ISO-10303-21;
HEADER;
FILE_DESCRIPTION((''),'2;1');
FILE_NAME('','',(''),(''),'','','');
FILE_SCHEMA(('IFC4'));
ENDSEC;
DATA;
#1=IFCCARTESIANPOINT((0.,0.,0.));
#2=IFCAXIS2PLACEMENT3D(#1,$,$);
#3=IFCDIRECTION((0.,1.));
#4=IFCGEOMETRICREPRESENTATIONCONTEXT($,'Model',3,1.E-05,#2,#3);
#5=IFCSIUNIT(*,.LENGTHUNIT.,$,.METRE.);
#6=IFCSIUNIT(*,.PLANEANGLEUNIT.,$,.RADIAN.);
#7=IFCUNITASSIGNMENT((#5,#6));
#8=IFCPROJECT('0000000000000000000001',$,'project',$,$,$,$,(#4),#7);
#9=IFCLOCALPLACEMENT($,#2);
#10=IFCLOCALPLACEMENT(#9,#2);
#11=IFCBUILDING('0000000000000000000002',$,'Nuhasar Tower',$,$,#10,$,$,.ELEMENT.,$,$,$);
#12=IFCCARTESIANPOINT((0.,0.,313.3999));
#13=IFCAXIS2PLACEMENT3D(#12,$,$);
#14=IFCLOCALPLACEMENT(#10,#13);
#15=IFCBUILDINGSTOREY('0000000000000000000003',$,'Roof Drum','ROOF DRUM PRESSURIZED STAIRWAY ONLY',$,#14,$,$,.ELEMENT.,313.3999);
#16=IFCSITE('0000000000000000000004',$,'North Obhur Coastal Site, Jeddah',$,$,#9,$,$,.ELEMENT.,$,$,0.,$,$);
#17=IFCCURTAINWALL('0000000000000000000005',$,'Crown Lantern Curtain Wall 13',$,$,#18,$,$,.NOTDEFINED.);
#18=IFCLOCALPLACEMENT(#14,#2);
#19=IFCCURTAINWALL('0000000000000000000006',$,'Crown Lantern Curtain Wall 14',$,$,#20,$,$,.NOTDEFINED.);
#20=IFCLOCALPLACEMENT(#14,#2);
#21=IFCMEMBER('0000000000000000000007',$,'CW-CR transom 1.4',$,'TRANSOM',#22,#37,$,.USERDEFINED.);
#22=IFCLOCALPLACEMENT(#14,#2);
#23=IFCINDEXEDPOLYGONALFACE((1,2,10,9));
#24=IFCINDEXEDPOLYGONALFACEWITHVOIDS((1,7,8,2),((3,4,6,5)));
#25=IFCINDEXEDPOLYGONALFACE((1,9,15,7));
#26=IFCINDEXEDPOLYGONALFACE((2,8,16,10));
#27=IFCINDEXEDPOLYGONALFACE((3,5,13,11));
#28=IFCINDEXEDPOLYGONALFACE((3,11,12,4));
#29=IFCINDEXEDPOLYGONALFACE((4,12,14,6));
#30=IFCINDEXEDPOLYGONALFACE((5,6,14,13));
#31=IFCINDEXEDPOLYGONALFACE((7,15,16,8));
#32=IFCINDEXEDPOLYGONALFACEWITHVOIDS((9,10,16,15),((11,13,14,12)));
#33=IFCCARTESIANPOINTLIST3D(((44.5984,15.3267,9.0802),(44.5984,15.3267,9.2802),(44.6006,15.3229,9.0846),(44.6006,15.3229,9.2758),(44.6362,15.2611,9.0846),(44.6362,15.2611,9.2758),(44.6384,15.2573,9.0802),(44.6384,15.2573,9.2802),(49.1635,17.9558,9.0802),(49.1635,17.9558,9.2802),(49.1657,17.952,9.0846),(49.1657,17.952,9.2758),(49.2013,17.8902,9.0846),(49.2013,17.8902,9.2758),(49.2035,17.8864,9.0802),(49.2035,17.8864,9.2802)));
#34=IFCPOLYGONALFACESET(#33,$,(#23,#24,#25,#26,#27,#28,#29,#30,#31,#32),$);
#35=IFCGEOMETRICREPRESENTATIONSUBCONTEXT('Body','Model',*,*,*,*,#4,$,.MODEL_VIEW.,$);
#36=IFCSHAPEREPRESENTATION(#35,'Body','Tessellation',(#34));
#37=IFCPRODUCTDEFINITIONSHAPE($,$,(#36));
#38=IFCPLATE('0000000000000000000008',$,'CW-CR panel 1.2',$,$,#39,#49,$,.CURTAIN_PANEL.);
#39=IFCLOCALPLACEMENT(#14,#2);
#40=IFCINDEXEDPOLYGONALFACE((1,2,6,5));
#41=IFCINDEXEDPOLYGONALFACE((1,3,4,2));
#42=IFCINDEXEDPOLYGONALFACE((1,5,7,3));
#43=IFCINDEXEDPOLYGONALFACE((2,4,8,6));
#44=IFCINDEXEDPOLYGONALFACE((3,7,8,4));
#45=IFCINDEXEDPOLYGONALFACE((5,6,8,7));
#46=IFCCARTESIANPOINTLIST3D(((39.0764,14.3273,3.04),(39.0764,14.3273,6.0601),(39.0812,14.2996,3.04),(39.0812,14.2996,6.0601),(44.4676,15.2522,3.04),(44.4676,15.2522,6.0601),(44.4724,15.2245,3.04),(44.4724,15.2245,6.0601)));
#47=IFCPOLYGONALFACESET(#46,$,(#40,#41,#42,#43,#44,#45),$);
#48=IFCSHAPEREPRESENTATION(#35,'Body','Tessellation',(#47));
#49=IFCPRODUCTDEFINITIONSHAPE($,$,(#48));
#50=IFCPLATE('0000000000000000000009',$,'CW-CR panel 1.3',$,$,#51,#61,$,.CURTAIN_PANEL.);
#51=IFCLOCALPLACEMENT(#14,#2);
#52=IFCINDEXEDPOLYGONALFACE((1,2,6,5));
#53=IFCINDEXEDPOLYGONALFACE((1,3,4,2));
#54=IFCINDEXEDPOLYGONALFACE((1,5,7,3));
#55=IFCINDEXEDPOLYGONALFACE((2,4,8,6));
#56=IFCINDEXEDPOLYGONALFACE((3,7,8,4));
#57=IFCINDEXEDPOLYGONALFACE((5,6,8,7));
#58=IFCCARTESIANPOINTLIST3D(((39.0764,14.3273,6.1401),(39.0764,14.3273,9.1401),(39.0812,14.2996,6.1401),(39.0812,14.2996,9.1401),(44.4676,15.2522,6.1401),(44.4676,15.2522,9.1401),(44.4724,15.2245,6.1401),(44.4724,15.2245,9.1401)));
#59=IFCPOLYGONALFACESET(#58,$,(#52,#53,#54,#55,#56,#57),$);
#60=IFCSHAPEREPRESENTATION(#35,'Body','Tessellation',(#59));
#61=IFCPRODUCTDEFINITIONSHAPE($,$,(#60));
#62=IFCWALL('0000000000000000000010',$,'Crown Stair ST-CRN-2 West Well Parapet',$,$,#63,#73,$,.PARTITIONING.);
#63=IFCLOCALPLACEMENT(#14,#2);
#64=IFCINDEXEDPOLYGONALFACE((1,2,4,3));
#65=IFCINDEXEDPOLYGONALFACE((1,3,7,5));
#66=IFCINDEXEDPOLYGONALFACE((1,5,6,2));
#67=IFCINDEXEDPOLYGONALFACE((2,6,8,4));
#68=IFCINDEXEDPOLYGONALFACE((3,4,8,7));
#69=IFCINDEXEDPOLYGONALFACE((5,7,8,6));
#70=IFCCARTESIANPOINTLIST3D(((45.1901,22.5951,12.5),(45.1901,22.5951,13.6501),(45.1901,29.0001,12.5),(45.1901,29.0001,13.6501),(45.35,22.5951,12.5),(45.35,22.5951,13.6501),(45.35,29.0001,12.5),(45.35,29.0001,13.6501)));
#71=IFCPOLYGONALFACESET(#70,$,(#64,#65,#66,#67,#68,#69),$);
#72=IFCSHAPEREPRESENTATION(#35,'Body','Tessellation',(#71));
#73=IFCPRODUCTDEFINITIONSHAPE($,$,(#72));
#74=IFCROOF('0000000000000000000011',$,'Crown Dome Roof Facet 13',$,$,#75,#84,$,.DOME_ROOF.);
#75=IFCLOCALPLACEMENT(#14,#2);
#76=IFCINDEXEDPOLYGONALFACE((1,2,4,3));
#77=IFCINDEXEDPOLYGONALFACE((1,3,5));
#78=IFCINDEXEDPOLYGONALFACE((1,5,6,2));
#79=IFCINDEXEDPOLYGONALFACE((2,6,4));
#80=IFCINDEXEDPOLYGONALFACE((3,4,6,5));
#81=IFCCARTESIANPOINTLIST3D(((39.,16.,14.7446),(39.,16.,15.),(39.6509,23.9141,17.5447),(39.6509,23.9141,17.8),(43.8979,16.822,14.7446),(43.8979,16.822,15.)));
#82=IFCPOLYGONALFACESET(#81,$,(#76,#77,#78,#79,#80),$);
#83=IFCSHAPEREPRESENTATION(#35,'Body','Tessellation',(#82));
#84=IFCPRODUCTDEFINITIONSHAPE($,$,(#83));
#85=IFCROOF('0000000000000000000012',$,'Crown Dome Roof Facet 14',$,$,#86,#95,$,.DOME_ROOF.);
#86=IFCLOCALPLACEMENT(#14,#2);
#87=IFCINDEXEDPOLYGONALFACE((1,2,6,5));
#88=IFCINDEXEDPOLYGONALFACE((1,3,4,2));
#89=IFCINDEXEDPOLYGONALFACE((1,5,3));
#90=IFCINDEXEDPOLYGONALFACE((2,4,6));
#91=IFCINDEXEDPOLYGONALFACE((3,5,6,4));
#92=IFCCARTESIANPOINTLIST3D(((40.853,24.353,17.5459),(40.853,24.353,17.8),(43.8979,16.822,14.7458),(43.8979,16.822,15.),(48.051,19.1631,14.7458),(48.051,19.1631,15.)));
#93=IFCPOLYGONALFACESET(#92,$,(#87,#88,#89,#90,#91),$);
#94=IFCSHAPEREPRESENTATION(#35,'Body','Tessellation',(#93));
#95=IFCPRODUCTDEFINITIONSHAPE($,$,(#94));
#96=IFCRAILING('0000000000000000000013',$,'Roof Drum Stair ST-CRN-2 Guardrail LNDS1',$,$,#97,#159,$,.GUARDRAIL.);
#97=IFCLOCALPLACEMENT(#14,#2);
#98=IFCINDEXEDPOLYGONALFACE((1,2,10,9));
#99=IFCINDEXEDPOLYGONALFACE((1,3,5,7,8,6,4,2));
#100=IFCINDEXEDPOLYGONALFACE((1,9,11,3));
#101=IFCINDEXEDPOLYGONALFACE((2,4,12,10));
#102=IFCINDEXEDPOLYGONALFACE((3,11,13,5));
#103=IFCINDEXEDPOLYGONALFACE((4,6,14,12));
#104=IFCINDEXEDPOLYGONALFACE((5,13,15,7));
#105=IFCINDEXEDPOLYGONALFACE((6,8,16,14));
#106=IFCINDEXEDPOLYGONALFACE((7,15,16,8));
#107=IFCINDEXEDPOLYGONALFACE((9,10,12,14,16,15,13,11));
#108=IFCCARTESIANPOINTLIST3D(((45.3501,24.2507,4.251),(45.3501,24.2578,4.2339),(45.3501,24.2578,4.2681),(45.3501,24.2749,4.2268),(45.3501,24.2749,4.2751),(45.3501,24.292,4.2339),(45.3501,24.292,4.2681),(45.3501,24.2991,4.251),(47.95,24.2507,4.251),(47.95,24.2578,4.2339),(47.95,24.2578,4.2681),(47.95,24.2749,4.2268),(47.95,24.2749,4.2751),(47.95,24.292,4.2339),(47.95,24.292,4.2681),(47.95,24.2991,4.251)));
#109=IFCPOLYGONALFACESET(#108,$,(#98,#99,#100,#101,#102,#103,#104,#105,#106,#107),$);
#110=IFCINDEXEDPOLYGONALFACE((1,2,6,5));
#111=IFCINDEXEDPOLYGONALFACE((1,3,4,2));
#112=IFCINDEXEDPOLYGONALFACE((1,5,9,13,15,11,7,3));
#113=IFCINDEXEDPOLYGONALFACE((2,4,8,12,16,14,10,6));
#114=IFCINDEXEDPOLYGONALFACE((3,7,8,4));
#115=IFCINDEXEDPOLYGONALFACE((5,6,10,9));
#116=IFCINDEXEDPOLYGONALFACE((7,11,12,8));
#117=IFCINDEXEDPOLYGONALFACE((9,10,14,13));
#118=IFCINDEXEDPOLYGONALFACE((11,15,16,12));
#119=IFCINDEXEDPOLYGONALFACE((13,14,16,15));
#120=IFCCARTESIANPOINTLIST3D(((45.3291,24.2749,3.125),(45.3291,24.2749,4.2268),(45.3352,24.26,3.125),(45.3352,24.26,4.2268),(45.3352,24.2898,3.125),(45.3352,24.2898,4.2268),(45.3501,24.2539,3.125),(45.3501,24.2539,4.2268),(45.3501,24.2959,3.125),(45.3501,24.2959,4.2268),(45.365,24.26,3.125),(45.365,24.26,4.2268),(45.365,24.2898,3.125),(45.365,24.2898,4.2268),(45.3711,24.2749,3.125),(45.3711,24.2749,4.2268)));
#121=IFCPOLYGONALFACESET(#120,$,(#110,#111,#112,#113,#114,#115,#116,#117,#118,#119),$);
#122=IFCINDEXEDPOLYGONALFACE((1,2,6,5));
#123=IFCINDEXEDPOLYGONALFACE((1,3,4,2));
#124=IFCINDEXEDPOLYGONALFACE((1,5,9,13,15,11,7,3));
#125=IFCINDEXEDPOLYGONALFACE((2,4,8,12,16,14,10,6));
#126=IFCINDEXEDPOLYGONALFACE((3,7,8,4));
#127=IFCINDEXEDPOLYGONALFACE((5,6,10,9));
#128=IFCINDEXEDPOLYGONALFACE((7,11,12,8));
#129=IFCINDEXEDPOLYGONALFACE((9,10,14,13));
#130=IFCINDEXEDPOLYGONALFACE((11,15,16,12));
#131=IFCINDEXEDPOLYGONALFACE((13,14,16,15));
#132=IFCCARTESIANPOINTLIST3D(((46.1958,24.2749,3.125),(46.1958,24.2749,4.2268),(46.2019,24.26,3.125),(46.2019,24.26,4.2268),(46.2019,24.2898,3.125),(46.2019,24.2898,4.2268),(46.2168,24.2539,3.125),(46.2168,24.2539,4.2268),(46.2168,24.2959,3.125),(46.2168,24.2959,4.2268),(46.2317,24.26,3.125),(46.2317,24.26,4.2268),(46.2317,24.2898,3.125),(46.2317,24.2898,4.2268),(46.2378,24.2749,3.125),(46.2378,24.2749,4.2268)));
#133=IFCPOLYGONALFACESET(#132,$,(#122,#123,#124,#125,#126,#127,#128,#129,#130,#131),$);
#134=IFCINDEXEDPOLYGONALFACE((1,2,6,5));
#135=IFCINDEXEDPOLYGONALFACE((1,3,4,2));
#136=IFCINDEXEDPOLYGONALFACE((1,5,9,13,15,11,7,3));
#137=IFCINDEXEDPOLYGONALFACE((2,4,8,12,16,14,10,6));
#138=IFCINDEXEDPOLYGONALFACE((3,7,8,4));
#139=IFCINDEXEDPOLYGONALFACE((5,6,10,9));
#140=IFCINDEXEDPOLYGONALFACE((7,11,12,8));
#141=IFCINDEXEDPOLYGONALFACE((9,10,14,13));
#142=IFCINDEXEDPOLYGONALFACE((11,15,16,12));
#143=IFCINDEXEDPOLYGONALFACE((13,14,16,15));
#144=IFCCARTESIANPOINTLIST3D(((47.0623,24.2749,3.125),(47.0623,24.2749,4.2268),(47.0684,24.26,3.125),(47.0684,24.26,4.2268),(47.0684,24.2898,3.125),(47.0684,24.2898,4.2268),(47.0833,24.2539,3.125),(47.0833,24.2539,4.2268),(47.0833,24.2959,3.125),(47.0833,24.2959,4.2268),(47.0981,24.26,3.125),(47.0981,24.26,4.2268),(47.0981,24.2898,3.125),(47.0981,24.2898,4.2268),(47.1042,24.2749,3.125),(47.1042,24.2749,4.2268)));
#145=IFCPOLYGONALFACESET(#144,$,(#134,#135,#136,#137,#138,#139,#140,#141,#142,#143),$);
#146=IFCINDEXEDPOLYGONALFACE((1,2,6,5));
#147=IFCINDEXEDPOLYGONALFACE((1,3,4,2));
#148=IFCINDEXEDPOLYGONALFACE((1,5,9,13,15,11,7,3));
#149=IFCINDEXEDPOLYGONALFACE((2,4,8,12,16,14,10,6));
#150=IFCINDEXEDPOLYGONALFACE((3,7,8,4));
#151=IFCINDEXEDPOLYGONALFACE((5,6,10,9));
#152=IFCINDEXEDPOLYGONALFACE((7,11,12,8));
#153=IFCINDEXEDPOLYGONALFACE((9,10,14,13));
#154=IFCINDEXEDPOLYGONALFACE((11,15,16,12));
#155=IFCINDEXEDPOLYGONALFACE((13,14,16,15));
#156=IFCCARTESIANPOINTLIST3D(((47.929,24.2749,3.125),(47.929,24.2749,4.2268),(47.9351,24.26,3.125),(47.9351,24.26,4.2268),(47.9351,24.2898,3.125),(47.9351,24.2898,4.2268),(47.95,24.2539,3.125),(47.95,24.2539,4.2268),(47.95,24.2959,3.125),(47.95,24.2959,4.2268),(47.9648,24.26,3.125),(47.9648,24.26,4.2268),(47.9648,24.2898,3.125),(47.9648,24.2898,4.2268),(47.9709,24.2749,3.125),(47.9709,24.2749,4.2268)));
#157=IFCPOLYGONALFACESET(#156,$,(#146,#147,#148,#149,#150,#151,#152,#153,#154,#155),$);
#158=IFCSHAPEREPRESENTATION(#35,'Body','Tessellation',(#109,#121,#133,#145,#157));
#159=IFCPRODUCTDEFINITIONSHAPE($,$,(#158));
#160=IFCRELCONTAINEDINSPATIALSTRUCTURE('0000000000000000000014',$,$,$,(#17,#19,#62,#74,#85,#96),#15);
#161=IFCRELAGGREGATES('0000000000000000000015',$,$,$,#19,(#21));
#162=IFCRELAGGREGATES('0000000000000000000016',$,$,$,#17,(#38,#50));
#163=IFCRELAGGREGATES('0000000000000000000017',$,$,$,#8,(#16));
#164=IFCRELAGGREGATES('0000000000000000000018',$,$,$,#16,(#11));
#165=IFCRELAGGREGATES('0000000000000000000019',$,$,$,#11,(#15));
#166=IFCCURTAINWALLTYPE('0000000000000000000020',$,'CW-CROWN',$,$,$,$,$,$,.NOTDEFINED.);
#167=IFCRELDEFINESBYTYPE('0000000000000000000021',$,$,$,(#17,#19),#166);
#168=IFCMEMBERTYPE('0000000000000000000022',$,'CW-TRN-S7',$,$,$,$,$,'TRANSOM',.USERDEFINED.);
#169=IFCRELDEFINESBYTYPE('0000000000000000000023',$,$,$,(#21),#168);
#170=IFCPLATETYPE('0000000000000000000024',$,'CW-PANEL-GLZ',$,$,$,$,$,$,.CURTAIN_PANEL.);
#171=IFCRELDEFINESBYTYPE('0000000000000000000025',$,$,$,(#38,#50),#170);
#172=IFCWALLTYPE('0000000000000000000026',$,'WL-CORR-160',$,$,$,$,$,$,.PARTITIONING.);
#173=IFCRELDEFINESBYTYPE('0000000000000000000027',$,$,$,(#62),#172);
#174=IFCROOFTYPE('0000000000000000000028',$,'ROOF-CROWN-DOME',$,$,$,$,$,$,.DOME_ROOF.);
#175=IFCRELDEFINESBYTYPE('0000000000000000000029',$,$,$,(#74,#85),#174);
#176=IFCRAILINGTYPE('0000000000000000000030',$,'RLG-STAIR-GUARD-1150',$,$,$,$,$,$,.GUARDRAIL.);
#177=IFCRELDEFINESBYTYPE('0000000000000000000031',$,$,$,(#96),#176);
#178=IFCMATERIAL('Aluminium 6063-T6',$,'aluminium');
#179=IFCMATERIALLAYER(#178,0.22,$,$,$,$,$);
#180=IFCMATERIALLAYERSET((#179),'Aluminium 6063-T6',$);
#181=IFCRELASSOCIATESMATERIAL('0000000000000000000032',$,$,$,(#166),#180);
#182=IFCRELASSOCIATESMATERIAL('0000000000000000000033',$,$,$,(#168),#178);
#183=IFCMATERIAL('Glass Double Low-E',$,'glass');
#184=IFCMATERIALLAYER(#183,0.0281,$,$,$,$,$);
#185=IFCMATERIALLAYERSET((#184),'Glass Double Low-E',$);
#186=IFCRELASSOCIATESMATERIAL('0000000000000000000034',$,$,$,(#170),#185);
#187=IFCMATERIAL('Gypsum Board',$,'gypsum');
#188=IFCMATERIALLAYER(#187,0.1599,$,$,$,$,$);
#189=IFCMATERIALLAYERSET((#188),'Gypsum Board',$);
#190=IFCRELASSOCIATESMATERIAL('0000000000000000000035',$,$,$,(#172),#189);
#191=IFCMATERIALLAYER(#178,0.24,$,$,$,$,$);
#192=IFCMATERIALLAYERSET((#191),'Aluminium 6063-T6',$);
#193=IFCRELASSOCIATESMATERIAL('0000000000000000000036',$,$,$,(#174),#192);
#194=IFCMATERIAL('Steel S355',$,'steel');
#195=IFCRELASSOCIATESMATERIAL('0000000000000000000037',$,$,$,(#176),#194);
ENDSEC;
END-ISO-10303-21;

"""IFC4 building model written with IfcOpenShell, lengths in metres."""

from ifc_helpers import new_model, si_unit, direction, frame, frame_2d, origin, origin_2d, place, context, subcontext, project, spatial, polyline, rectangle, hollow_rectangle, outline, extrude, material, layer, layer_set, material_profile, profile_set, type_object, element, aggregate, save


model = new_model("IFC4")

# Units and contexts
model_context = context("Model", 3, precision=1e-05, world=origin(), true_north=direction((0.0, 1.0)))
body_context = subcontext(model_context, "Body", "Model", "MODEL_VIEW")
ifc_project = project(units=[si_unit("LENGTHUNIT", "METRE"), si_unit("PLANEANGLEUNIT", "RADIAN")], contexts=[model_context])

# Site, building, storey
site_placement = place(None, origin())
site = spatial("IfcSite", under=ifc_project, at=site_placement, Name="North Obhur Coastal Site, Jeddah", CompositionType="ELEMENT", RefElevation=0.0)
building_placement = place(site_placement, origin())
building = spatial("IfcBuilding", under=site, at=building_placement, Name="Nuhasar Tower", CompositionType="ELEMENT")
storey_placement = place(building_placement, frame((0.0, 0.0, 313.3999)))
storey = spatial("IfcBuildingStorey", under=building, at=storey_placement, Name="Roof Drum", Description="ROOF DRUM PRESSURIZED STAIRWAY ONLY", CompositionType="ELEMENT", Elevation=313.3999)

# Shared definitions
ifc_material_1 = material(Name="Steel S355", Category="steel")

# Curtain walls, member
ifc_material_2 = material(Name="Aluminium 6063-T6", Category="aluminium")
ifc_layer_1 = layer(ifc_material_2, 0.22)
ifc_layer_set_1 = layer_set([ifc_layer_1], Name="Aluminium 6063-T6")
curtain_wall_type = type_object("IfcCurtainWallType", Name="CW-CROWN", PredefinedType="NOTDEFINED", material=ifc_layer_set_1)
curtain_wall_1_placement = place(storey_placement, origin())
curtain_wall_1 = element("IfcCurtainWall", 1, at=curtain_wall_1_placement, inside=storey, type_object=curtain_wall_type, Name="Crown Lantern Curtain Wall 13", PredefinedType="NOTDEFINED")
ifc_material_profile_1 = material_profile(ifc_material_2, hollow_rectangle(XDim=0.0801, YDim=0.2, WallThickness=0.0044, at=origin_2d()), Name="CWT-7")
ifc_profile_set_1 = profile_set([ifc_material_profile_1], Name="Aluminium 6063-T6")
member_type_1 = type_object("IfcMemberType", Name="CW-TRN-S7", ElementType="TRANSOM", PredefinedType="USERDEFINED", material=ifc_profile_set_1)
curtain_wall_2_placement = place(storey_placement, origin())
curtain_wall_2 = element("IfcCurtainWall", 2, at=curtain_wall_2_placement, inside=storey, type_object=curtain_wall_type, Name="Crown Lantern Curtain Wall 14", PredefinedType="NOTDEFINED")
member_1_placement = place(storey_placement, frame((44.6184, 15.292, 9.1802), z_axis=(0.866564, 0.499066, 0.0), x_axis=(-0.499066, 0.866564, 0.0)))
member_1 = element("IfcMember", 3, at=member_1_placement, type_object=member_type_1, Name="CW-CR transom 1.4", ObjectType="TRANSOM", PredefinedType="USERDEFINED", context=body_context, shape_type="SweptSolid", body=[
    extrude(hollow_rectangle(XDim=0.0801, YDim=0.2, WallThickness=0.0044, at=origin_2d()), origin(), (0.0, 0.0, 1.0), 5.2681),
])
aggregate(curtain_wall_2, [member_1])

# Plates
ifc_material_3 = material(Name="Glass Double Low-E", Category="glass")
ifc_layer_2 = layer(ifc_material_3, 0.0281)
ifc_layer_set_2 = layer_set([ifc_layer_2], Name="Glass Double Low-E")
plate_type = type_object("IfcPlateType", Name="CW-PANEL-GLZ", PredefinedType="CURTAIN_PANEL", material=ifc_layer_set_2)
plate_1_placement = place(storey_placement, frame((41.7744, 14.7759, 3.04), z_axis=(0.0, 0.0, 1.0), x_axis=(0.9856, 0.169092, 0.0)))
plate_1 = element("IfcPlate", 4, at=plate_1_placement, type_object=plate_type, Name="CW-CR panel 1.2", PredefinedType="CURTAIN_PANEL", context=body_context, shape_type="SweptSolid", body=[
    extrude(rectangle(XDim=5.47, YDim=0.0281, at=origin_2d()), origin(), (0.0, 0.0, 1.0), 3.02),
])
plate_2_placement = place(storey_placement, frame((41.7744, 14.7759, 6.1401), z_axis=(0.0, 0.0, 1.0), x_axis=(0.9856, 0.169092, 0.0)))
plate_2 = element("IfcPlate", 5, at=plate_2_placement, type_object=plate_type, Name="CW-CR panel 1.3", PredefinedType="CURTAIN_PANEL", context=body_context, shape_type="SweptSolid", body=[
    extrude(rectangle(XDim=5.47, YDim=0.0281, at=origin_2d()), origin(), (0.0, 0.0, 1.0), 3.0),
])
aggregate(curtain_wall_1, [plate_1, plate_2])

# Wall
ifc_material_4 = material(Name="Gypsum Board", Category="gypsum")
ifc_layer_3 = layer(ifc_material_4, 0.1599)
ifc_layer_set_3 = layer_set([ifc_layer_3], Name="Gypsum Board")
wall_type = type_object("IfcWallType", Name="WL-CORR-160", PredefinedType="PARTITIONING", material=ifc_layer_set_3)
wall_placement = place(storey_placement, frame((45.27, 22.595, 12.5), z_axis=(0.0, 0.0, 1.0), x_axis=(0.0, 1.0, 0.0)))
element("IfcWall", 6, at=wall_placement, inside=storey, type_object=wall_type, Name="Crown Stair ST-CRN-2 West Well Parapet", PredefinedType="PARTITIONING", context=body_context, shape_type="SweptSolid", body=[
    extrude(rectangle(XDim=6.405, YDim=0.1599, at=frame_2d((3.2026, 0.0))), origin(), (0.0, 0.0, 1.0), 1.1501),
])

# Roofs
ifc_layer_4 = layer(ifc_material_2, 0.24)
ifc_layer_set_4 = layer_set([ifc_layer_4], Name="Aluminium 6063-T6")
roof_type = type_object("IfcRoofType", Name="ROOF-CROWN-DOME", PredefinedType="DOME_ROOF", material=ifc_layer_set_4)
roof_1_placement = place(storey_placement, frame((39.0, 16.0, 15.0), z_axis=(0.056583, -0.337144, 0.939751), x_axis=(0.986207, 0.165515, 0.0)))
element("IfcRoof", 7, at=roof_1_placement, inside=storey, type_object=roof_type, Name="Crown Dome Roof Facet 13", PredefinedType="DOME_ROOF", context=body_context, shape_type="SweptSolid", body=[
    extrude(outline(polyline([(0.0, 0.0), (4.9665, 0.0), (1.9518, 8.1907), (0.0, 0.0)])), origin(), (0.0, -0.341859, -0.939751), 0.2554),
])
roof_2_placement = place(storey_placement, frame((43.8979, 16.822, 15.0), z_axis=(0.161221, -0.286008, 0.944567), x_axis=(0.871131, 0.491051, 0.0)))
element("IfcRoof", 8, at=roof_2_placement, inside=storey, type_object=roof_type, Name="Crown Dome Roof Facet 14", PredefinedType="DOME_ROOF", context=body_context, shape_type="SweptSolid", body=[
    extrude(outline(polyline([(0.0, 0.0), (4.7675, 0.0), (1.0456, 8.5285), (0.0, 0.0)])), origin(), (0.0, -0.328318, -0.944567), 0.2542),
])

# Railing
railing_type = type_object("IfcRailingType", Name="RLG-STAIR-GUARD-1150", PredefinedType="GUARDRAIL", material=ifc_material_1)
for number, where, name in (
    (9, (45.3501, 24.2749, 3.125), "Roof Drum Stair ST-CRN-2 Guardrail LNDS1"),
):
    element("IfcRailing", number, at=place(storey_placement, frame(where)), inside=storey, type_object=railing_type, Name=name, PredefinedType="GUARDRAIL", context=body_context, shape_type="SweptSolid", body=[
        extrude(outline(polyline([(0.0242, 0.0), (0.0171, 0.0171), (0.0, 0.0242), (-0.0171, 0.0171), (-0.0242, 0.0), (-0.0171, -0.0171), (0.0, -0.0242), (0.0171, -0.0171), (0.0242, 0.0)])), frame((0.0, 0.0, 1.126), z_axis=(1.0, 0.0, 0.0), x_axis=(0.0, 1.0, 0.0)), (0.0, 0.0, 1.0), 2.5999),
        extrude(outline(polyline([(0.021, 0.0), (0.0149, 0.0149), (0.0, 0.021), (-0.0149, 0.0149), (-0.021, 0.0), (-0.0149, -0.0149), (0.0, -0.021), (0.0149, -0.0149), (0.021, 0.0)])), origin(), (0.0, 0.0, 1.0), 1.1018),
        extrude(outline(polyline([(0.021, 0.0), (0.0149, 0.0149), (0.0, 0.021), (-0.0149, 0.0149), (-0.021, 0.0), (-0.0149, -0.0149), (0.0, -0.021), (0.0149, -0.0149), (0.021, 0.0)])), frame((0.8667, 0.0, 0.0)), (0.0, 0.0, 1.0), 1.1018),
        extrude(outline(polyline([(0.021, 0.0), (0.0149, 0.0149), (0.0, 0.021), (-0.0149, 0.0149), (-0.021, 0.0), (-0.0149, -0.0149), (0.0, -0.021), (0.0149, -0.0149), (0.021, 0.0)])), frame((1.7332, 0.0, 0.0)), (0.0, 0.0, 1.0), 1.1018),
        extrude(outline(polyline([(0.021, 0.0), (0.0149, 0.0149), (0.0, 0.021), (-0.0149, 0.0149), (-0.021, 0.0), (-0.0149, -0.0149), (0.0, -0.021), (0.0149, -0.0149), (0.021, 0.0)])), frame((2.5999, 0.0, 0.0)), (0.0, 0.0, 1.0), 1.1018),
    ])

save(model, "model.ifc")
